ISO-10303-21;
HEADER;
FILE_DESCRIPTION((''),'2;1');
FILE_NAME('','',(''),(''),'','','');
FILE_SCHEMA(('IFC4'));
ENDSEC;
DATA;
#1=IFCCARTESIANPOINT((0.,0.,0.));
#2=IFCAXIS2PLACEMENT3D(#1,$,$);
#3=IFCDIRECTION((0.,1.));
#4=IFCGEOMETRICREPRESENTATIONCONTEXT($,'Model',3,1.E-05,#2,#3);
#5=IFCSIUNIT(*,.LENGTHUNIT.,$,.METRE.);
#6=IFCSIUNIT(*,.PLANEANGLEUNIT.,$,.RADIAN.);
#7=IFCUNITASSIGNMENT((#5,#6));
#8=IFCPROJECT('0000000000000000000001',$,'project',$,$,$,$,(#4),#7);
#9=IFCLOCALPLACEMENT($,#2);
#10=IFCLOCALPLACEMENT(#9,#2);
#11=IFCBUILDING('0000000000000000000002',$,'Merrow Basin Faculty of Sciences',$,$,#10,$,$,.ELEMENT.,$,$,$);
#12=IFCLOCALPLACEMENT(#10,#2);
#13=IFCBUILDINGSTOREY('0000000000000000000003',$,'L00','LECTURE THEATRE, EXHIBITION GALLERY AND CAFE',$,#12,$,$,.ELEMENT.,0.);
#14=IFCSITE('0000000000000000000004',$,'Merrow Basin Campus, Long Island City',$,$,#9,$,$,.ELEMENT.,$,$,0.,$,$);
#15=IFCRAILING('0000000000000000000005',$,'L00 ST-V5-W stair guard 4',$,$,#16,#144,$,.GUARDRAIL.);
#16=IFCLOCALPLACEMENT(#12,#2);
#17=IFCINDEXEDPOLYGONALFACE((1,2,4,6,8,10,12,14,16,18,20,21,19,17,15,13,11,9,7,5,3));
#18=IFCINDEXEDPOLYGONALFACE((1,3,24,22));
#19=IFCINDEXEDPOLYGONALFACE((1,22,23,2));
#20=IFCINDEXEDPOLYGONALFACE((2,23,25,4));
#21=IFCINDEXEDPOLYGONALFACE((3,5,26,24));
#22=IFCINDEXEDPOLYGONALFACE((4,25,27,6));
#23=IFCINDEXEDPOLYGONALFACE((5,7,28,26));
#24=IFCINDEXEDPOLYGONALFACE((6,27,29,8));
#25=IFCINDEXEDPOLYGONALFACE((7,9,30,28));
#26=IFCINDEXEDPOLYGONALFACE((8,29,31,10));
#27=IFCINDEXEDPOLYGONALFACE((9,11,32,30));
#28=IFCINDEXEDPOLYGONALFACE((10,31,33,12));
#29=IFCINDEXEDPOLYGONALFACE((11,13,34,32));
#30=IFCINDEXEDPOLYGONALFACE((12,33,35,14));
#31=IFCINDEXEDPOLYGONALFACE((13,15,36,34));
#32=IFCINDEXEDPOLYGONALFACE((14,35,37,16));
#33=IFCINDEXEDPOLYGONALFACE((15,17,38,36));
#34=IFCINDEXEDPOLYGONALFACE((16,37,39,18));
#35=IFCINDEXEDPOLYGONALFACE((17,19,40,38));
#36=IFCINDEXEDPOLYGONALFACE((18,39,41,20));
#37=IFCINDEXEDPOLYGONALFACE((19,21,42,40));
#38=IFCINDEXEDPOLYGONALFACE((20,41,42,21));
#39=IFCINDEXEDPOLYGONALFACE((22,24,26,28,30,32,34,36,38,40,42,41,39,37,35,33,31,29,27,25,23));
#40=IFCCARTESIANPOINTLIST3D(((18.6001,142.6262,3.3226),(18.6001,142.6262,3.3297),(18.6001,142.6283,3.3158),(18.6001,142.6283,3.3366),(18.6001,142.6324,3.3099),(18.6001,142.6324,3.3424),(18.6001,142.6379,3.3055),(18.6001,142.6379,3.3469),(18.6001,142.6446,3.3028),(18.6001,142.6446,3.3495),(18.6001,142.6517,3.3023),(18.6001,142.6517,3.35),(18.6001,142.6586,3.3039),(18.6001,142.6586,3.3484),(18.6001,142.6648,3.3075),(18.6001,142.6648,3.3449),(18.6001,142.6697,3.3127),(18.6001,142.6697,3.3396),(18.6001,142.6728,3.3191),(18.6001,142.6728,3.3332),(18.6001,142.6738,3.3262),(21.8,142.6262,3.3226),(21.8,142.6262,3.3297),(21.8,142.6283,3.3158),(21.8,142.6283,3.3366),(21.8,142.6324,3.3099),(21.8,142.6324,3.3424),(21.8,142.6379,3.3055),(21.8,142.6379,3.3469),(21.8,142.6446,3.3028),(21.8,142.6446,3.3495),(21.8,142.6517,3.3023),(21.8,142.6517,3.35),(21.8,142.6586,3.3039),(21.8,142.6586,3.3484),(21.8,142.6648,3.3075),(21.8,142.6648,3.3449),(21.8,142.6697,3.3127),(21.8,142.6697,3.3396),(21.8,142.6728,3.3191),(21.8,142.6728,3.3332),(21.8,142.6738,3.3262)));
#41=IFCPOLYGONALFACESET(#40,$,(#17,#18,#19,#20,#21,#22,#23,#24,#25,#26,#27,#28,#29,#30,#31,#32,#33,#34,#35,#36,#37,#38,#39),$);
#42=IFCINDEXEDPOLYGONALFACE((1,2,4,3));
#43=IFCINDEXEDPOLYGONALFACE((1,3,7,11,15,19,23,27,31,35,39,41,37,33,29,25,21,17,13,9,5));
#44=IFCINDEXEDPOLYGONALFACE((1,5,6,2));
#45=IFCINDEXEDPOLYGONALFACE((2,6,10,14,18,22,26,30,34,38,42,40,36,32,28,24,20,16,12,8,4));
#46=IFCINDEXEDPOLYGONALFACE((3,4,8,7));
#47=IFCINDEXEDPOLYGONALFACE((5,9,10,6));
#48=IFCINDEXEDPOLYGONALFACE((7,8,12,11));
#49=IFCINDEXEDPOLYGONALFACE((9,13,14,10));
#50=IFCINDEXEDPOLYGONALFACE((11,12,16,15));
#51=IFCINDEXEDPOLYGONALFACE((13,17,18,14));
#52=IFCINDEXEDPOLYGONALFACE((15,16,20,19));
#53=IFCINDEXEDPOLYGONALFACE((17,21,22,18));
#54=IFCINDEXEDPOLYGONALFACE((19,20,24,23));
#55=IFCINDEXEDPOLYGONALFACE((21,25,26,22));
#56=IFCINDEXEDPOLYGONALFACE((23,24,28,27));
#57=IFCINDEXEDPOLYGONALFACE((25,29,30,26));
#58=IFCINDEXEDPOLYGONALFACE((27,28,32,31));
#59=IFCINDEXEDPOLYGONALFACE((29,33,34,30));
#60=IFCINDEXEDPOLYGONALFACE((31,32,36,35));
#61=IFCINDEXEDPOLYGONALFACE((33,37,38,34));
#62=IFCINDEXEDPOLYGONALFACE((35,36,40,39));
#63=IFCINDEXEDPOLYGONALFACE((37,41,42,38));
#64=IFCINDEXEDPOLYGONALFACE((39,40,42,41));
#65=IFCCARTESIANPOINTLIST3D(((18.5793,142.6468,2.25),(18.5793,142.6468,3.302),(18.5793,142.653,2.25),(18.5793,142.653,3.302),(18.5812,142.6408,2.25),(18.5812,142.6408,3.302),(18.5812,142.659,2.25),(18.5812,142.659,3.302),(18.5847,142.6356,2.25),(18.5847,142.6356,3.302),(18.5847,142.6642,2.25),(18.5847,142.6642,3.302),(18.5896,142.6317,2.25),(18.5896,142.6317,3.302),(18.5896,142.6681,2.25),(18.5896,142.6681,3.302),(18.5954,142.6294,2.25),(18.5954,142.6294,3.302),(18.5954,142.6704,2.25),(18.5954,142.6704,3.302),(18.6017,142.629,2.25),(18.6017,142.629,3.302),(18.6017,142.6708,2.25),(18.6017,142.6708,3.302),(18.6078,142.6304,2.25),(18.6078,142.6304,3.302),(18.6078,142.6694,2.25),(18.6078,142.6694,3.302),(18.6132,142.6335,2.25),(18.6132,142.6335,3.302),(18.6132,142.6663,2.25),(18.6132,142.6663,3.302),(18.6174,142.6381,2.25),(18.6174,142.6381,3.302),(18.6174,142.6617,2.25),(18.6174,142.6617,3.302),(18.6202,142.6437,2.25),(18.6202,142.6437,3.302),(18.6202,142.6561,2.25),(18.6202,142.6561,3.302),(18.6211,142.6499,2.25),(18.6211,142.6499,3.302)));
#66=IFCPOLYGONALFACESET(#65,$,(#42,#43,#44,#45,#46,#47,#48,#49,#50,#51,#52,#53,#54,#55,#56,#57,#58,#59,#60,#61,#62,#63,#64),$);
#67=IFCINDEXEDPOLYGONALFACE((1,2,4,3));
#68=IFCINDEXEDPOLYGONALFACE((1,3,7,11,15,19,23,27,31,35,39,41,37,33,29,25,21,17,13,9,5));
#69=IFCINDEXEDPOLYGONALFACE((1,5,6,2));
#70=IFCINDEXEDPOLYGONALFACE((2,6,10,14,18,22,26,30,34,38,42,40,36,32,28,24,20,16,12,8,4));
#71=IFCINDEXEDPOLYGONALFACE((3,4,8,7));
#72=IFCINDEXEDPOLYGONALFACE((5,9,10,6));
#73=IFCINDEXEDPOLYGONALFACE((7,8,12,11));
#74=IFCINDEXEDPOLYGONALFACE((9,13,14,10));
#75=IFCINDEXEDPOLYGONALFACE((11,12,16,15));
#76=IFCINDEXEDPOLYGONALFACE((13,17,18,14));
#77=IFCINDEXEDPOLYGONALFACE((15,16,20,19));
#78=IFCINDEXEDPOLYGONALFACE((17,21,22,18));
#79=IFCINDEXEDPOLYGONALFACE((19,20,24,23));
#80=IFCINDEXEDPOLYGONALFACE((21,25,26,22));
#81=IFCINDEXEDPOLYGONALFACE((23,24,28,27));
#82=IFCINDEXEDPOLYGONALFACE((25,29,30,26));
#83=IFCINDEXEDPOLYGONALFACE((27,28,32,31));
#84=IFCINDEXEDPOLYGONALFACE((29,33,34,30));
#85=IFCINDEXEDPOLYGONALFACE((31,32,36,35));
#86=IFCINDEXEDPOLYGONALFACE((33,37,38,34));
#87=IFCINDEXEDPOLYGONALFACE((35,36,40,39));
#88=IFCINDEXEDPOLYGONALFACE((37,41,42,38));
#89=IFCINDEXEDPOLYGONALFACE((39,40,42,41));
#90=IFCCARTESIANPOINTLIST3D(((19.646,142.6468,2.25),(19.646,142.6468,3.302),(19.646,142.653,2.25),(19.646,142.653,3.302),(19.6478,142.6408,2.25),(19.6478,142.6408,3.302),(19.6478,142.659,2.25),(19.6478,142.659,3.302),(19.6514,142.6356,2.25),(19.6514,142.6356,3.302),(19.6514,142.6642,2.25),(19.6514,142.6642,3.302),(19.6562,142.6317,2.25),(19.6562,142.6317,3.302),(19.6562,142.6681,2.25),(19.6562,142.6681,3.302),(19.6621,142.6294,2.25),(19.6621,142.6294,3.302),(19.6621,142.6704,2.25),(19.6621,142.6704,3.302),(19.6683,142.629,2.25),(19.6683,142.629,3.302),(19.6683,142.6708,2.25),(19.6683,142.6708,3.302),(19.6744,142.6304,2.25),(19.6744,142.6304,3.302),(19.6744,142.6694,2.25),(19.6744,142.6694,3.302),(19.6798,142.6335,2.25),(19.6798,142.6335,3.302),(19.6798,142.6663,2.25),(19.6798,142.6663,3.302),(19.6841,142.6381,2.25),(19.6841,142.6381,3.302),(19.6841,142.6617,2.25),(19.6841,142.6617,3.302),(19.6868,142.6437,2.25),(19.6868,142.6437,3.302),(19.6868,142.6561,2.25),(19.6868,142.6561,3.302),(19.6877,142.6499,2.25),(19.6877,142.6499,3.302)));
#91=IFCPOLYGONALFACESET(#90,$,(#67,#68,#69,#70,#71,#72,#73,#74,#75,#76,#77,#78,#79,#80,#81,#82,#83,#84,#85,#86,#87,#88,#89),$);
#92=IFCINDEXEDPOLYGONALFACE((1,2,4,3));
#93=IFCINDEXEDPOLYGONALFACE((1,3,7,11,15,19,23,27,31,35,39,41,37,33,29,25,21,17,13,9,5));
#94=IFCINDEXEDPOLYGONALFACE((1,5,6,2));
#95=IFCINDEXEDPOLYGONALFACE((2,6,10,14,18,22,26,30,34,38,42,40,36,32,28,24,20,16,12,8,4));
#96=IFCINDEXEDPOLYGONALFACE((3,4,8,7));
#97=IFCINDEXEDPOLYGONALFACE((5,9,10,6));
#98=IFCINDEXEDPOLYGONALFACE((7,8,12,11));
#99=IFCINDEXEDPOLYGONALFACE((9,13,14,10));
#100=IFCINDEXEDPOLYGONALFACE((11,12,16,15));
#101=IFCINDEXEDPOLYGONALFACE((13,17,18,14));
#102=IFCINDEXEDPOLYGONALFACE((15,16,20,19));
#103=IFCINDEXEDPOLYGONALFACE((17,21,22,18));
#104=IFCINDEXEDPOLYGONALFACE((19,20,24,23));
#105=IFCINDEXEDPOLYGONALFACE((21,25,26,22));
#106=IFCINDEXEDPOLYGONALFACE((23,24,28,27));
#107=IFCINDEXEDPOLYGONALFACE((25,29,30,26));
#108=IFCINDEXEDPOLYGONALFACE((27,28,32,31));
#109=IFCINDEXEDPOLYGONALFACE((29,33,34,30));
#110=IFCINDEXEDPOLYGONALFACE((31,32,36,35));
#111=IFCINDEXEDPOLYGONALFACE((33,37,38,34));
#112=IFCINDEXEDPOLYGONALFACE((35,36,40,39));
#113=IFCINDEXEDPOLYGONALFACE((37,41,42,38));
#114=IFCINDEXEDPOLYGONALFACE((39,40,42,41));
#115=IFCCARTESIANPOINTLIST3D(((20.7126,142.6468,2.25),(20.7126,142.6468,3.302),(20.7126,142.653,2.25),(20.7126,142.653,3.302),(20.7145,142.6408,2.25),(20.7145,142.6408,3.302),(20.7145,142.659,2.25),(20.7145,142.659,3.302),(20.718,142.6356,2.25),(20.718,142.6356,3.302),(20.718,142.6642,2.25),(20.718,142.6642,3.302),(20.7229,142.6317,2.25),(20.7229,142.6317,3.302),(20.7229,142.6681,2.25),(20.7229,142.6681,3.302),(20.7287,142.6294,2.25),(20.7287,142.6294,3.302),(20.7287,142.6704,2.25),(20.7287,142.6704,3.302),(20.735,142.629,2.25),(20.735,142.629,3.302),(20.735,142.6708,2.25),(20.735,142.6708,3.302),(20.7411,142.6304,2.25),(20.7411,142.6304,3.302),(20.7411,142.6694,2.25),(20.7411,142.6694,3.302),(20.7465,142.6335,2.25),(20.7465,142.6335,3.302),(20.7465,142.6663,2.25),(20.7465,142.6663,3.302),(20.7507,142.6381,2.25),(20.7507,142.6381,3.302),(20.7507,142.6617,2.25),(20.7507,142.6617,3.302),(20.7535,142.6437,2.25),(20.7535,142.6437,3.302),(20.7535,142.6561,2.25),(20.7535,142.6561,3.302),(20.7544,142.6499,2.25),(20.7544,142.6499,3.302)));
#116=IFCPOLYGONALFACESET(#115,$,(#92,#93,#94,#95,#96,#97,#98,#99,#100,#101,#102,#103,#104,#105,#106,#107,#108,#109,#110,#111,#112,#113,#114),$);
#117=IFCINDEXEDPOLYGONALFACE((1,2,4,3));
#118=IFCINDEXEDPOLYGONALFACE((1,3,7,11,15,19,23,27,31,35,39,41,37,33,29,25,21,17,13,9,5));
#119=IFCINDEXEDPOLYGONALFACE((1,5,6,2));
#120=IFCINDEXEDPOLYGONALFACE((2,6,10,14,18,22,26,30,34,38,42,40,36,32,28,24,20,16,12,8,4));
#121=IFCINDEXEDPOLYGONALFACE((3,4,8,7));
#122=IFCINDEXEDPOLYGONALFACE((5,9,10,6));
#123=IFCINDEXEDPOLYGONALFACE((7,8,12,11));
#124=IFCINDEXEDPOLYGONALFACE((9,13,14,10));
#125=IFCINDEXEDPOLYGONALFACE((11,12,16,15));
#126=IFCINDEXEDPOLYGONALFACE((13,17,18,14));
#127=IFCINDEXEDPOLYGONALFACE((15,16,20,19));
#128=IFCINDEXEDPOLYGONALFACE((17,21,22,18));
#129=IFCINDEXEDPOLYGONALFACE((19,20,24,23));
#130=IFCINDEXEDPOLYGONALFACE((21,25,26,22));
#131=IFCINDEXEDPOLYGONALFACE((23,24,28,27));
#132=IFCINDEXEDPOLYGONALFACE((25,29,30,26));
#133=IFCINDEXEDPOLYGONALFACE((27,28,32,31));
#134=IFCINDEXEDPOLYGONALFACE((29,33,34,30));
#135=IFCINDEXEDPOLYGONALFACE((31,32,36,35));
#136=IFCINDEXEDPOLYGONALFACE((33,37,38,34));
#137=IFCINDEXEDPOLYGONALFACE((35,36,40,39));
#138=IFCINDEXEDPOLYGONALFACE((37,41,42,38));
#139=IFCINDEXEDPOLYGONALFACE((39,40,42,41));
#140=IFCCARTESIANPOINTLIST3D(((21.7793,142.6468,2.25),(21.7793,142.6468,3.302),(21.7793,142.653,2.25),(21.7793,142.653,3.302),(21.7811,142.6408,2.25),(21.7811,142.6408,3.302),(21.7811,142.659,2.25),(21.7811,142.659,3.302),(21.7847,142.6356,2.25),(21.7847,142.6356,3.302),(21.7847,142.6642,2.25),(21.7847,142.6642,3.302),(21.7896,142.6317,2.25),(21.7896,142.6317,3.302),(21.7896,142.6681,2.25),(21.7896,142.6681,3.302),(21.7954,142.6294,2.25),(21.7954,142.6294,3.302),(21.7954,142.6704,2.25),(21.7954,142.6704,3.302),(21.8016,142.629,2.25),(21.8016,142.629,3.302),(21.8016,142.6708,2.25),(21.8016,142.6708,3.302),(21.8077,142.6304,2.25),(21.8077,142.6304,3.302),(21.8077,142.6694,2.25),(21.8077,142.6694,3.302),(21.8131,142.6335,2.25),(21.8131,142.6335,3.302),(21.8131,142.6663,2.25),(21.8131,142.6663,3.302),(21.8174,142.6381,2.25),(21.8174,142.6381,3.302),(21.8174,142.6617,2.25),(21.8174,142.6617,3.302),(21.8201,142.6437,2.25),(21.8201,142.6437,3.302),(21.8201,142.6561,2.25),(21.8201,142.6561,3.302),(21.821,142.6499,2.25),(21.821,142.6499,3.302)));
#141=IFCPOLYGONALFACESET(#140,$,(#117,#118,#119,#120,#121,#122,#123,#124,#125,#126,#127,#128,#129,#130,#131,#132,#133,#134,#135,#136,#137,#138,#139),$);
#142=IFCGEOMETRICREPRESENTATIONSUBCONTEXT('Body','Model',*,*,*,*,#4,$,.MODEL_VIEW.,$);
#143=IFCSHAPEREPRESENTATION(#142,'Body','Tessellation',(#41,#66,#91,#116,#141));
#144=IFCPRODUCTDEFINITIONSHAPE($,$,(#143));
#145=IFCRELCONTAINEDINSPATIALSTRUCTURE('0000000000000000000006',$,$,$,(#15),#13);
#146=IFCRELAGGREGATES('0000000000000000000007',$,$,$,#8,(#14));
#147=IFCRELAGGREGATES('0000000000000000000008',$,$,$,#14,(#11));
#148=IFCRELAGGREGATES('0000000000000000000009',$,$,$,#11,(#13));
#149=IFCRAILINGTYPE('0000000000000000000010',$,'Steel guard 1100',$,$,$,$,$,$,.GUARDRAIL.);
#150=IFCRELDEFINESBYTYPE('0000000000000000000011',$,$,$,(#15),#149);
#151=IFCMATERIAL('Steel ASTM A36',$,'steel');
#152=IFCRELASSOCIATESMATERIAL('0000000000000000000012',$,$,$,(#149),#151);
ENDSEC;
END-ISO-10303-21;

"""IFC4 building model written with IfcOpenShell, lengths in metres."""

from ifc_helpers import new_model, si_unit, direction, frame, origin, origin_2d, place, context, subcontext, project, spatial, circle, extrude, material, type_object, element, save


model = new_model("IFC4")

# Units and contexts
model_context = context("Model", 3, precision=1e-05, world=origin(), true_north=direction((0.0, 1.0)))
body_context = subcontext(model_context, "Body", "Model", "MODEL_VIEW")
ifc_project = project(units=[si_unit("LENGTHUNIT", "METRE"), si_unit("PLANEANGLEUNIT", "RADIAN")], contexts=[model_context])

# Site, building, storey
site_placement = place(None, origin())
site = spatial("IfcSite", under=ifc_project, at=site_placement, Name="Merrow Basin Campus, Long Island City", CompositionType="ELEMENT", RefElevation=0.0)
building_placement = place(site_placement, origin())
building = spatial("IfcBuilding", under=site, at=building_placement, Name="Merrow Basin Faculty of Sciences", CompositionType="ELEMENT")
storey_placement = place(building_placement, origin())
storey = spatial("IfcBuildingStorey", under=building, at=storey_placement, Name="L00", Description="LECTURE THEATRE, EXHIBITION GALLERY AND CAFE", CompositionType="ELEMENT", Elevation=0.0)

# Railing
ifc_material_1 = material(Name="Steel ASTM A36", Category="steel")
railing_type_1 = type_object("IfcRailingType", Name="Steel guard 1100", PredefinedType="GUARDRAIL", material=ifc_material_1)
railing_1_placement = place(storey_placement, frame((18.6001, 142.6499, 2.25)))
element("IfcRailing", 1, at=railing_1_placement, inside=storey, type_object=railing_type_1, Name="L00 ST-V5-W stair guard 4", PredefinedType="GUARDRAIL", context=body_context, shape_type="SweptSolid", body=[
    extrude(circle(Radius=0.0239, at=origin_2d()), frame((0.0, 0.0, 1.0762), z_axis=(1.0, 0.0, 0.0), x_axis=(0.0, 1.0, 0.0)), (0.0, 0.0, 1.0), 3.2),
    extrude(circle(Radius=0.021, at=origin_2d()), origin(), (0.0, 0.0, 1.0), 1.052),
    extrude(circle(Radius=0.021, at=origin_2d()), frame((1.0667, 0.0, 0.0)), (0.0, 0.0, 1.0), 1.052),
    extrude(circle(Radius=0.021, at=origin_2d()), frame((2.1333, 0.0, 0.0)), (0.0, 0.0, 1.0), 1.052),
    extrude(circle(Radius=0.021, at=origin_2d()), frame((3.2, 0.0, 0.0)), (0.0, 0.0, 1.0), 1.052),
])

save(model, "model.ifc")
